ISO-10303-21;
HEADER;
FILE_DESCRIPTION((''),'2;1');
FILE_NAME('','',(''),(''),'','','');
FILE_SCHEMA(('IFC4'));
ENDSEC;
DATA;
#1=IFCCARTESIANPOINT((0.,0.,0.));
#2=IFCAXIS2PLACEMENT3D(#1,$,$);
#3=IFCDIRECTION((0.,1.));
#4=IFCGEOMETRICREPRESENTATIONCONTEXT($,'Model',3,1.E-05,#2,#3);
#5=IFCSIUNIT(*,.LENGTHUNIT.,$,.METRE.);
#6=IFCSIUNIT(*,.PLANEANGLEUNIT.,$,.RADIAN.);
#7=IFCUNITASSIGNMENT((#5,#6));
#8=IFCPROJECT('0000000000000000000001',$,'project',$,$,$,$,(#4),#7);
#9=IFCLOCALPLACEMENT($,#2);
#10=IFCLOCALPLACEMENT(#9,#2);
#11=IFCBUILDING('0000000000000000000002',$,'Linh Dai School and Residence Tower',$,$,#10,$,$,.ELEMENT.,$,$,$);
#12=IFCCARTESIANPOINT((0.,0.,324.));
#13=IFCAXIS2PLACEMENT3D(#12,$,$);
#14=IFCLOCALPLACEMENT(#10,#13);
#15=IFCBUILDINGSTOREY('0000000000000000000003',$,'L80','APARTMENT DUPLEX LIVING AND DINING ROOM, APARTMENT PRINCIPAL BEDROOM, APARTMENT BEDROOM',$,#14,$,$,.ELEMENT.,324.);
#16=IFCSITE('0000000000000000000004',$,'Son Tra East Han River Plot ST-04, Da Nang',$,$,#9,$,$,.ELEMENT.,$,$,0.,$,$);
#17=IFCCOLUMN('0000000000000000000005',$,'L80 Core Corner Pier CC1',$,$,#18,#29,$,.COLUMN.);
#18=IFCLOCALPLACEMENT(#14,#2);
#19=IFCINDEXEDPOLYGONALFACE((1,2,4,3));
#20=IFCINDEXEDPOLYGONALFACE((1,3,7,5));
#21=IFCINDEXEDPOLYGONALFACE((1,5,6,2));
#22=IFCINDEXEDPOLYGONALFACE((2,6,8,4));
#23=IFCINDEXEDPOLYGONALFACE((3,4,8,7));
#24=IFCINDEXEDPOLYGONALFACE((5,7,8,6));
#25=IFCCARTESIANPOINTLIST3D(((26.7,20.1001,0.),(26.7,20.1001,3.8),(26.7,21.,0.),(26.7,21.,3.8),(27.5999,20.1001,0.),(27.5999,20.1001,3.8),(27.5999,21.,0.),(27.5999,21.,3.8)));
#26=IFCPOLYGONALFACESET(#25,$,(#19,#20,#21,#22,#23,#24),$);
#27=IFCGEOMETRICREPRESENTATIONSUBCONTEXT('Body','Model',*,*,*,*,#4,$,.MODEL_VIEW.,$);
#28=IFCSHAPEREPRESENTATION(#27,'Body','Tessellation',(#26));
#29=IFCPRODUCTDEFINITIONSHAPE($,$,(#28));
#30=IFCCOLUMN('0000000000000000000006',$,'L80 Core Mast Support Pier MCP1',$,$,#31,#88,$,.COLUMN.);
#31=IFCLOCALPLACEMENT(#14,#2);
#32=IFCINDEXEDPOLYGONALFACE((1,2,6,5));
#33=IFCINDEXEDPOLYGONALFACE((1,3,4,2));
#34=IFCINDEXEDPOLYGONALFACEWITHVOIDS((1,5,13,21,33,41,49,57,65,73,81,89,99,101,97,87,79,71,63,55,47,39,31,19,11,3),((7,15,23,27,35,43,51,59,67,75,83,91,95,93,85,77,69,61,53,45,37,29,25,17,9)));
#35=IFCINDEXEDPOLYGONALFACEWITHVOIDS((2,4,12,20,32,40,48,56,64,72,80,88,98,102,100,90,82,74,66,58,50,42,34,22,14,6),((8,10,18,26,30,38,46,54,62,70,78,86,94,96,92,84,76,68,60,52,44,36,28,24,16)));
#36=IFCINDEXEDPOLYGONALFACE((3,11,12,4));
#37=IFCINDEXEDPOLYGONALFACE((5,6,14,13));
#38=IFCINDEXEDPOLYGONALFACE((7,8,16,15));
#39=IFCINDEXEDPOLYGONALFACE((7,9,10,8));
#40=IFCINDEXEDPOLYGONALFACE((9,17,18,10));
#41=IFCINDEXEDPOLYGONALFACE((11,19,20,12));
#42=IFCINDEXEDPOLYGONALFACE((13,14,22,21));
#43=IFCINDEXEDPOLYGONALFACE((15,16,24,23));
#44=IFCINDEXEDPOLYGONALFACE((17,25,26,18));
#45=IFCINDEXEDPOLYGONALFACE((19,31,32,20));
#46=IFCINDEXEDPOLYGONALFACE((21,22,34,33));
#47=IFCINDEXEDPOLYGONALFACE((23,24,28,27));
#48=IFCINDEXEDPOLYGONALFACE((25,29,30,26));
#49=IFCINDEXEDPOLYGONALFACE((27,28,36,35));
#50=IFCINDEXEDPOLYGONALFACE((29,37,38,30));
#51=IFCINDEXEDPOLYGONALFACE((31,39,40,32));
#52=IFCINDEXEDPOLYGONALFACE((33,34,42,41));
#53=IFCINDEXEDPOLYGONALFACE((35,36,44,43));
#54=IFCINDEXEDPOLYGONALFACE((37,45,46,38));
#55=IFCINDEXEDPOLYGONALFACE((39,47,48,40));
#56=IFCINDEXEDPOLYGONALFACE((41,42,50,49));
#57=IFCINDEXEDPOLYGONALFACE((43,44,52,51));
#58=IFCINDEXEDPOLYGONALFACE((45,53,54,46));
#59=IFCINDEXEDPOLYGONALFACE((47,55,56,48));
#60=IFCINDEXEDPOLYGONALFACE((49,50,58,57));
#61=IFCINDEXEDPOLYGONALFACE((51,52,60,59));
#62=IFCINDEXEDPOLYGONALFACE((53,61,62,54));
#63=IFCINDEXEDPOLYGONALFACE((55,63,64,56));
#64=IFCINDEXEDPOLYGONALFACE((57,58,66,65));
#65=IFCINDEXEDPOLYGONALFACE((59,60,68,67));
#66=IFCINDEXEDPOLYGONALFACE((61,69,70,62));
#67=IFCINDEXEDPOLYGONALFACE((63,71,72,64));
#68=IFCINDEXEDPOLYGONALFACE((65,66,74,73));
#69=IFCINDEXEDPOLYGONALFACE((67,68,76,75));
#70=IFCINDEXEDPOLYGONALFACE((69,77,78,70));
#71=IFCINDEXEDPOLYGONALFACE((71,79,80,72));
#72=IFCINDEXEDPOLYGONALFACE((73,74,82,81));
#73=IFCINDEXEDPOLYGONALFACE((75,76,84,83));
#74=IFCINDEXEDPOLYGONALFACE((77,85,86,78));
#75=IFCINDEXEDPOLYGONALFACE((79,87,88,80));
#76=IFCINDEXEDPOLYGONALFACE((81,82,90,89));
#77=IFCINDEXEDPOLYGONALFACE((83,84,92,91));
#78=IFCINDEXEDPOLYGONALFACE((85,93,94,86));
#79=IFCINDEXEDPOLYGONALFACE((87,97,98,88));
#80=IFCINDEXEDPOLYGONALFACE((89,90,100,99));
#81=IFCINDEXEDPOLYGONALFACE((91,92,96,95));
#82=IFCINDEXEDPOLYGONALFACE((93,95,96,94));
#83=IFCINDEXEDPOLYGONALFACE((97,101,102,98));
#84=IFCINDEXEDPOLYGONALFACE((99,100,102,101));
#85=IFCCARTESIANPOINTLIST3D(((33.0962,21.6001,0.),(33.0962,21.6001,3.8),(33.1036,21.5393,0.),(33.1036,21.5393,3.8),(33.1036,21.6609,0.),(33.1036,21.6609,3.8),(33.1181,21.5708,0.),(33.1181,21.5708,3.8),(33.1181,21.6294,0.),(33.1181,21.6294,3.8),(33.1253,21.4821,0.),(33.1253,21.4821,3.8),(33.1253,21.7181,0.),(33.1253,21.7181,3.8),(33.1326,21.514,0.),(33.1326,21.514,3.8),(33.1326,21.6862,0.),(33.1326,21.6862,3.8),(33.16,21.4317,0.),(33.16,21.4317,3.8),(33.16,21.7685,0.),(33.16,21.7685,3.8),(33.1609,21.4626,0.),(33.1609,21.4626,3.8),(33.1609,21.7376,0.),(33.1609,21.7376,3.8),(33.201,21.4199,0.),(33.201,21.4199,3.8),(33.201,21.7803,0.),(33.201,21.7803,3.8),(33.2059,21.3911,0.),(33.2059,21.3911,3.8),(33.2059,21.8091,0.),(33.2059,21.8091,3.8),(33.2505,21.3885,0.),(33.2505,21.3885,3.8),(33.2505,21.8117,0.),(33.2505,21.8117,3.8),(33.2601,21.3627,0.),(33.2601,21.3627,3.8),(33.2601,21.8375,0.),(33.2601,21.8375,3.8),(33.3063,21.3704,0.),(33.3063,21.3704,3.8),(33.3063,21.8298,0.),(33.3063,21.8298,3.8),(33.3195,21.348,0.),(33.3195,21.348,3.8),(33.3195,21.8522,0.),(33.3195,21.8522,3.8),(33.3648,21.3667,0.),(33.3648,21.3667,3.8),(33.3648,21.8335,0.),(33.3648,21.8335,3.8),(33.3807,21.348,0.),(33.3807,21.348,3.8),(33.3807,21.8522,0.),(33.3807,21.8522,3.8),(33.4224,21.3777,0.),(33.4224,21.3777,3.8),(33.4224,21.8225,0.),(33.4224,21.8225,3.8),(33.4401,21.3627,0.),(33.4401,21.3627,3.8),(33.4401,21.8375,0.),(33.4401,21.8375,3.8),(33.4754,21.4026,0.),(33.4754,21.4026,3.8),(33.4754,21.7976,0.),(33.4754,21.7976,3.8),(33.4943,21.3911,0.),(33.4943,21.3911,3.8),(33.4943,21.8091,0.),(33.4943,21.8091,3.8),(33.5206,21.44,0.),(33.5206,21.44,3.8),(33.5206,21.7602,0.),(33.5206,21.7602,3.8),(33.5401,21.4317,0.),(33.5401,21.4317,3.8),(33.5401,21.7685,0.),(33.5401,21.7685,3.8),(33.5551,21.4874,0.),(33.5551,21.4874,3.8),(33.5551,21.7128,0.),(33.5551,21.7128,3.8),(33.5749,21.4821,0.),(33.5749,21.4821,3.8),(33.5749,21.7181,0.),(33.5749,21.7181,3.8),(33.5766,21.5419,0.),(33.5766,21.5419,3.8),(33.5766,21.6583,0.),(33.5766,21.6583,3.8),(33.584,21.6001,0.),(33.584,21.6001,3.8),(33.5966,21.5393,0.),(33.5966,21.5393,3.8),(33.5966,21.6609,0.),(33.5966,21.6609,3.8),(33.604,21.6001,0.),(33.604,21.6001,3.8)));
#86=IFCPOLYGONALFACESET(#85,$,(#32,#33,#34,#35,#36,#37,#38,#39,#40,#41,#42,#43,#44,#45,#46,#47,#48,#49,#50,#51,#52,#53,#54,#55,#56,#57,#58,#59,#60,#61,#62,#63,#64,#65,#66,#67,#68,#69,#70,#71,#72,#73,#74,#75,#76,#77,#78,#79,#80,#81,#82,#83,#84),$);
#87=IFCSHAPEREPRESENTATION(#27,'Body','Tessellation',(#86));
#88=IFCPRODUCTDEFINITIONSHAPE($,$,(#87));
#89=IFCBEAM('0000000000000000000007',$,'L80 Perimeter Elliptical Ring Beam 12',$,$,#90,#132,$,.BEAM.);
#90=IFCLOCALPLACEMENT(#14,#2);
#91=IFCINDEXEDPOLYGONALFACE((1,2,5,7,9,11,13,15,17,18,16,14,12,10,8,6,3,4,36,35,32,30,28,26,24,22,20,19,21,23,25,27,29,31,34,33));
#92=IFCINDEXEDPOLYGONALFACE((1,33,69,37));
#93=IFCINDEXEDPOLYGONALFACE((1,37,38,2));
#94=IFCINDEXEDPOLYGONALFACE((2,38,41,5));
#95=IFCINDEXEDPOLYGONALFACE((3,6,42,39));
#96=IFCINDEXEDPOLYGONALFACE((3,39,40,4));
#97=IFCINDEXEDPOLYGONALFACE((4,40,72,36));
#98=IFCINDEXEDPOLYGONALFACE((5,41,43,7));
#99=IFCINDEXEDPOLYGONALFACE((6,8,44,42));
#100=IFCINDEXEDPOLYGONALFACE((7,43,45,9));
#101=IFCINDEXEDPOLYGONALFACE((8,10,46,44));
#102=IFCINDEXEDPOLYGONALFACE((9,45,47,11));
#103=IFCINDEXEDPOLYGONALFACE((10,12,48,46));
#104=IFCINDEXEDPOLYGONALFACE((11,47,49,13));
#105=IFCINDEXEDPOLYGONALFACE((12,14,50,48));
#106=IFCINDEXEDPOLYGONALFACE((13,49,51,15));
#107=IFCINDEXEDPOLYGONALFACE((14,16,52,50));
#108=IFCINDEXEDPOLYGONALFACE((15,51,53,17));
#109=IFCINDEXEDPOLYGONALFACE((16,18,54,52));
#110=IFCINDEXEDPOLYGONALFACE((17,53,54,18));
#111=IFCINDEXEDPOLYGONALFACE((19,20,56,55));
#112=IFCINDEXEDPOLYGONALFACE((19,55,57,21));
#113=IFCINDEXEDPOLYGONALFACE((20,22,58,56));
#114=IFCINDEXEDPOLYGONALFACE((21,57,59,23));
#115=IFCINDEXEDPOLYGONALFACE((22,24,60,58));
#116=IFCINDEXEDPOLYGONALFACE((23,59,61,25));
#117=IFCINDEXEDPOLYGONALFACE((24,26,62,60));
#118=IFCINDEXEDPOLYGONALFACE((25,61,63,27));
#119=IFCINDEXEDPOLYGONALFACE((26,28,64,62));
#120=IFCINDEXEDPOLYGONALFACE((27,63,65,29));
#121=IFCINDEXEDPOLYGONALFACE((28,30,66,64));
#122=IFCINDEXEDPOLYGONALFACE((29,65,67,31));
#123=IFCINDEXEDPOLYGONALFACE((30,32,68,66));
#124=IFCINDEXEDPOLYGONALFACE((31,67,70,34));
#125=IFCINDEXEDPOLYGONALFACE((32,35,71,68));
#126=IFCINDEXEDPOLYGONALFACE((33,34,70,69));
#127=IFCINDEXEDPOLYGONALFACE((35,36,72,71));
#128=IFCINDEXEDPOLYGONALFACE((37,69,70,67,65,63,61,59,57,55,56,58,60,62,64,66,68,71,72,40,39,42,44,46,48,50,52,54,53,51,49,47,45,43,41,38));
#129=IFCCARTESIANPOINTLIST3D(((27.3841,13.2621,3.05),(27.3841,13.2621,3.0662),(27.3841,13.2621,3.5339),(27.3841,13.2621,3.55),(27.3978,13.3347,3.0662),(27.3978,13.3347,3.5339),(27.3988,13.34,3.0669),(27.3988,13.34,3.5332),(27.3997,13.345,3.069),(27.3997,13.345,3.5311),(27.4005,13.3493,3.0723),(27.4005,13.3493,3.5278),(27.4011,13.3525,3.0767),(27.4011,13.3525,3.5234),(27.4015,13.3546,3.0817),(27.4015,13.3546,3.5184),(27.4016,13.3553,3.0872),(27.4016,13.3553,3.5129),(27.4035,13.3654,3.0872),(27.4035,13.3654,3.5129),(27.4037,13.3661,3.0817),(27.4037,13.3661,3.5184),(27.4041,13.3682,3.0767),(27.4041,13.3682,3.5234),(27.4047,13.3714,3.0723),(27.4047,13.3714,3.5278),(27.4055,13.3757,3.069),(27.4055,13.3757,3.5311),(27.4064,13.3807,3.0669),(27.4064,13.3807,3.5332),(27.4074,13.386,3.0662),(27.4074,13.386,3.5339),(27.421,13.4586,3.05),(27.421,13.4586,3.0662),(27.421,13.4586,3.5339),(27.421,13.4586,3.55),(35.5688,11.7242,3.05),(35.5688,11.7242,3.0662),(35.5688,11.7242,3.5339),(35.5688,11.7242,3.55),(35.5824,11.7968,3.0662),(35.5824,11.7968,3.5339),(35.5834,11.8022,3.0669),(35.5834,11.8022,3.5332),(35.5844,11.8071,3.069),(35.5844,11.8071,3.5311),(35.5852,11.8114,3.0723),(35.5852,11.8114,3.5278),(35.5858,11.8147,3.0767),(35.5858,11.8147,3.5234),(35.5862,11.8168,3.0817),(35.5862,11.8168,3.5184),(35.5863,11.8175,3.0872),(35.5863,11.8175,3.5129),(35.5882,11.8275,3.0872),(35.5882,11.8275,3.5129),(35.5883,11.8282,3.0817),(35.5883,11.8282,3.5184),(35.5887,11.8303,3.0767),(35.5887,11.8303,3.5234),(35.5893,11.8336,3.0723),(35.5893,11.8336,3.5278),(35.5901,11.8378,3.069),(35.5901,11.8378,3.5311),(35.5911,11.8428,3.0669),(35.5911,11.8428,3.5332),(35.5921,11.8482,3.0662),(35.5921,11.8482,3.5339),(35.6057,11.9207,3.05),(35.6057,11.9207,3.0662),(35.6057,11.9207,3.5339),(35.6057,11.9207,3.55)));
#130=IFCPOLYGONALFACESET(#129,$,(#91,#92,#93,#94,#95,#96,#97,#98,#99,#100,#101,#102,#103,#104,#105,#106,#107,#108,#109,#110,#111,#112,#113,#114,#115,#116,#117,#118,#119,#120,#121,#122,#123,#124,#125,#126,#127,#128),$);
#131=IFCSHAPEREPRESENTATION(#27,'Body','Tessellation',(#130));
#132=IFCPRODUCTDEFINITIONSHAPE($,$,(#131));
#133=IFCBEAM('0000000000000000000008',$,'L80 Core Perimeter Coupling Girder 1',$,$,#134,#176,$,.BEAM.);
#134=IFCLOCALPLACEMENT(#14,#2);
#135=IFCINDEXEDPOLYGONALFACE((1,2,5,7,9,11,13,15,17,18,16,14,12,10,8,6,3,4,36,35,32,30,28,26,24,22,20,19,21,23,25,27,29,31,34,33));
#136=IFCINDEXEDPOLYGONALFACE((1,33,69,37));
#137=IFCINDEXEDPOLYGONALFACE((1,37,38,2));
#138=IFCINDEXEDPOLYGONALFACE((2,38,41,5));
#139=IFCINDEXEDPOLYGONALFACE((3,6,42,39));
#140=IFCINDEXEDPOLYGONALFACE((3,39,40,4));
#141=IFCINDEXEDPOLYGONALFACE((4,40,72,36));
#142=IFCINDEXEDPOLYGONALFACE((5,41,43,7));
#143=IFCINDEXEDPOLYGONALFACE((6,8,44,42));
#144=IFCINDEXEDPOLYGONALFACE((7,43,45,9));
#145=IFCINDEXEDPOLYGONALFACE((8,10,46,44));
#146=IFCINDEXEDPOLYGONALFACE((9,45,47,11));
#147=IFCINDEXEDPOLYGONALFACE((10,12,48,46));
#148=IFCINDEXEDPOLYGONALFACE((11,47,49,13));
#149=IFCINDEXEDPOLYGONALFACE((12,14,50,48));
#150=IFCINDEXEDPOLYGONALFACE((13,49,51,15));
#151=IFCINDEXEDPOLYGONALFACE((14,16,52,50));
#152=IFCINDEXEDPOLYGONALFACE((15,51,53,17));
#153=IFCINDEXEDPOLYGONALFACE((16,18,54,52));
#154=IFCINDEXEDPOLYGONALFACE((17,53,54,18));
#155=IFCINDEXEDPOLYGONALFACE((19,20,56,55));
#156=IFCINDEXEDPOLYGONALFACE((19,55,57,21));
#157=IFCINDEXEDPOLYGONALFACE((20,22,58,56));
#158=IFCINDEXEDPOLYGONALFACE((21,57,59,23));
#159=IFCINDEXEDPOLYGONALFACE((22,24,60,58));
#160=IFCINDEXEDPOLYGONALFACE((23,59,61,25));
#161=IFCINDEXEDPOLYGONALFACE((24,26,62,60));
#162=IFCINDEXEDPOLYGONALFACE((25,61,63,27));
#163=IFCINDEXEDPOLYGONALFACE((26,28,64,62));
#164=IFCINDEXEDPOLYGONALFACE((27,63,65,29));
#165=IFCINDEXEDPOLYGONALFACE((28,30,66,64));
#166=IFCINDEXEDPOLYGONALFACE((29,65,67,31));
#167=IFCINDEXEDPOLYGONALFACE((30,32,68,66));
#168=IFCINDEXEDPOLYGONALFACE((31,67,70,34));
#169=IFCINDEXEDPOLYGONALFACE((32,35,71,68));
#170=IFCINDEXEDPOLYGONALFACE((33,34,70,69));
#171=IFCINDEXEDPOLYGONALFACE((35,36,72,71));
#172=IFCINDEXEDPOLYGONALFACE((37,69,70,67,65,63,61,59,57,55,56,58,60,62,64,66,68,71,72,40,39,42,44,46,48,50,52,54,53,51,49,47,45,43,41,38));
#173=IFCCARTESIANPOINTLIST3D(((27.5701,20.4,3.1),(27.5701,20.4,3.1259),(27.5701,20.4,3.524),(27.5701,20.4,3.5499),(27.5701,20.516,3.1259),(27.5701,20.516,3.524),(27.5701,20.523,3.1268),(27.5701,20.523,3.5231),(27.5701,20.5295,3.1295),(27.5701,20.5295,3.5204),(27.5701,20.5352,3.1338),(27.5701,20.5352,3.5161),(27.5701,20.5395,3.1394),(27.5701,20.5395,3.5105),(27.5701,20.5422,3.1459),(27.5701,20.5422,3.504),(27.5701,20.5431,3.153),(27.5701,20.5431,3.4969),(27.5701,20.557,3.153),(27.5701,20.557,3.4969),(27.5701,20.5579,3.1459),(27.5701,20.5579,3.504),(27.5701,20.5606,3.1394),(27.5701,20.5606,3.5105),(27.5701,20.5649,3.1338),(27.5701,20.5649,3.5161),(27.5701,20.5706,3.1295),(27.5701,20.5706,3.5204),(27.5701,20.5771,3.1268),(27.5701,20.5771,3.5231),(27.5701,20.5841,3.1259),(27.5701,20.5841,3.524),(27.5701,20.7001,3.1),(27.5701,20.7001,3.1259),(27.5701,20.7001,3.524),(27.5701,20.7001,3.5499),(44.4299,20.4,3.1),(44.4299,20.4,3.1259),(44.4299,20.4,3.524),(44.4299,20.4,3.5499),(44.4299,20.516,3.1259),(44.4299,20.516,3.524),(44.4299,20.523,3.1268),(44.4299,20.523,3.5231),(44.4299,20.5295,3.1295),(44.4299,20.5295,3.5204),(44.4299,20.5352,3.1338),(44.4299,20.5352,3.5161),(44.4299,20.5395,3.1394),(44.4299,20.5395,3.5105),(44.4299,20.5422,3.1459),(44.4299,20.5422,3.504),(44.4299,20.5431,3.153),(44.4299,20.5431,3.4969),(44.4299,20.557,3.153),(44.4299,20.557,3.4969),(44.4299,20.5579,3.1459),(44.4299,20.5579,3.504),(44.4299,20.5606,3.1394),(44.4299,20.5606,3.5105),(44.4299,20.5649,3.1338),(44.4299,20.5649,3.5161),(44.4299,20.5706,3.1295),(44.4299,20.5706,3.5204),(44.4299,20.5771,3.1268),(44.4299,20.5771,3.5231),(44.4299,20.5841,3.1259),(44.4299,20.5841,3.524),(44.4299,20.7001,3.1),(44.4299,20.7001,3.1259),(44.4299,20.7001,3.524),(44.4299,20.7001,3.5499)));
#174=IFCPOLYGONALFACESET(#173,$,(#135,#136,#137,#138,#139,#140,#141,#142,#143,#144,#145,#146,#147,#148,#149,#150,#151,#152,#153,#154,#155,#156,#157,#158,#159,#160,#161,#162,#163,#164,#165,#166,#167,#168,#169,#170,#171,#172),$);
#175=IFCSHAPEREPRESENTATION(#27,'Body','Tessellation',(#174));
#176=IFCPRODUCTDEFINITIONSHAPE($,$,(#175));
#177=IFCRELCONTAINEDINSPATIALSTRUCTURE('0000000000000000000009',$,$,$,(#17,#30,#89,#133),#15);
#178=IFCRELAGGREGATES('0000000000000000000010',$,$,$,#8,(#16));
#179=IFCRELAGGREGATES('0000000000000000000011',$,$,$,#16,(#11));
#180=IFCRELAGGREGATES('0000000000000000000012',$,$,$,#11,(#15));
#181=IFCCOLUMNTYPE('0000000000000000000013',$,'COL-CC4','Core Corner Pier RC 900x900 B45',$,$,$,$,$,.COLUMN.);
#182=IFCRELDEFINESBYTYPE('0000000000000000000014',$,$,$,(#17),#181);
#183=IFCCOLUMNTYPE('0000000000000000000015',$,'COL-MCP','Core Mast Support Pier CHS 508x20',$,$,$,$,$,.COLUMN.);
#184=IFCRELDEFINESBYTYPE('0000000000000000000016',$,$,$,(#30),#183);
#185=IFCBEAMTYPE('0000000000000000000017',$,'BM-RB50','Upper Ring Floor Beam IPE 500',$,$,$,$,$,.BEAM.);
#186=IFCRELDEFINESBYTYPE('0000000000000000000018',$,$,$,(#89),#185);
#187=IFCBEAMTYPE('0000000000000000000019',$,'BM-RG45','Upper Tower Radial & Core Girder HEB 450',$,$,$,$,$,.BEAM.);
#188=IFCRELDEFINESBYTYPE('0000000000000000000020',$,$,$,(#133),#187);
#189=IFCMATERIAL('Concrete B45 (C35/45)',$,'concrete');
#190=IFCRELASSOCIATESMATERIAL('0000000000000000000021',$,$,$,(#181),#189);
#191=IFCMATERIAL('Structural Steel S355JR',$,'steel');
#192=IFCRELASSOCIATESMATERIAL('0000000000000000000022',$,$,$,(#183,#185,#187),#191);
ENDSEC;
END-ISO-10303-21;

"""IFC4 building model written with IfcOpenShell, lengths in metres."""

from ifc_helpers import new_model, si_unit, direction, frame, origin, origin_2d, place, context, subcontext, project, spatial, rectangle, hollow_circle, i_section, extrude, material, material_profile, profile_set, type_object, element, save


model = new_model("IFC4")

# Units and contexts
model_context = context("Model", 3, precision=1e-05, world=origin(), true_north=direction((0.0, 1.0)))
body_context = subcontext(model_context, "Body", "Model", "MODEL_VIEW")
ifc_project = project(units=[si_unit("LENGTHUNIT", "METRE"), si_unit("PLANEANGLEUNIT", "RADIAN")], contexts=[model_context])

# Site, building, storey
site_placement = place(None, origin())
site = spatial("IfcSite", under=ifc_project, at=site_placement, Name="Son Tra East Han River Plot ST-04, Da Nang", CompositionType="ELEMENT", RefElevation=0.0)
building_placement = place(site_placement, origin())
building = spatial("IfcBuilding", under=site, at=building_placement, Name="Linh Dai School and Residence Tower", CompositionType="ELEMENT")
storey_placement = place(building_placement, frame((0.0, 0.0, 324.0)))
storey = spatial("IfcBuildingStorey", under=building, at=storey_placement, Name="L80", Description="APARTMENT DUPLEX LIVING AND DINING ROOM, APARTMENT PRINCIPAL BEDROOM, APARTMENT BEDROOM", CompositionType="ELEMENT", Elevation=324.0)

# Columns
ifc_material_1 = material(Name="Concrete B45 (C35/45)", Category="concrete")
ifc_material_profile_1 = material_profile(ifc_material_1, rectangle(XDim=0.8999, YDim=0.8999, at=origin_2d()), Name="RC 900x900")
ifc_profile_set_1 = profile_set([ifc_material_profile_1], Name="Concrete B45 (C35/45)")
column_type_1 = type_object("IfcColumnType", Name="COL-CC4", Description="Core Corner Pier RC 900x900 B45", PredefinedType="COLUMN", material=ifc_profile_set_1)
column_1_placement = place(storey_placement, frame((27.1499, 20.55, 0.0), z_axis=(0.0, 0.0, 1.0), x_axis=(1.0, 0.0, 0.0)))
element("IfcColumn", 1, at=column_1_placement, inside=storey, type_object=column_type_1, Name="L80 Core Corner Pier CC1", PredefinedType="COLUMN", context=body_context, shape_type="SweptSolid", body=[
    extrude(rectangle(XDim=0.8999, YDim=0.8999, at=origin_2d()), origin(), (0.0, 0.0, 1.0), 3.8),
])
ifc_material_2 = material(Name="Structural Steel S355JR", Category="steel")
ifc_material_profile_2 = material_profile(ifc_material_2, hollow_circle(Radius=0.2539, WallThickness=0.02, at=origin_2d()), Name="CHS 508x20")
ifc_profile_set_2 = profile_set([ifc_material_profile_2], Name="Structural Steel S355JR")
column_type_2 = type_object("IfcColumnType", Name="COL-MCP", Description="Core Mast Support Pier CHS 508x20", PredefinedType="COLUMN", material=ifc_profile_set_2)
column_2_placement = place(storey_placement, frame((33.3501, 21.6001, 0.0), z_axis=(0.0, 0.0, 1.0), x_axis=(1.0, 0.0, 0.0)))
element("IfcColumn", 2, at=column_2_placement, inside=storey, type_object=column_type_2, Name="L80 Core Mast Support Pier MCP1", PredefinedType="COLUMN", context=body_context, shape_type="SweptSolid", body=[
    extrude(hollow_circle(Radius=0.2539, WallThickness=0.02, at=origin_2d()), origin(), (0.0, 0.0, 1.0), 3.8),
])

# Beams
ifc_material_profile_3 = material_profile(ifc_material_2, i_section(OverallWidth=0.2, OverallDepth=0.5, WebThickness=0.0103, FlangeThickness=0.0161, FilletRadius=0.021, at=origin_2d()), Name="IPE 500")
ifc_profile_set_3 = profile_set([ifc_material_profile_3], Name="Structural Steel S355JR")
beam_type_1 = type_object("IfcBeamType", Name="BM-RB50", Description="Upper Ring Floor Beam IPE 500", PredefinedType="BEAM", material=ifc_profile_set_3)
beam_1_placement = place(storey_placement, frame((27.4026, 13.3604, 3.3), z_axis=(0.982802, -0.184664, 0.0), x_axis=(0.184664, 0.982802, 0.0)))
element("IfcBeam", 3, at=beam_1_placement, inside=storey, type_object=beam_type_1, Name="L80 Perimeter Elliptical Ring Beam 12", PredefinedType="BEAM", context=body_context, shape_type="SweptSolid", body=[
    extrude(i_section(OverallWidth=0.2, OverallDepth=0.5, WebThickness=0.0103, FlangeThickness=0.0161, FilletRadius=0.021, at=origin_2d()), origin(), (0.0, 0.0, 1.0), 8.3279),
])
ifc_material_profile_4 = material_profile(ifc_material_2, i_section(OverallWidth=0.3, OverallDepth=0.45, WebThickness=0.0139, FlangeThickness=0.0259, FilletRadius=0.0271, at=origin_2d()), Name="HEB 450")
ifc_profile_set_4 = profile_set([ifc_material_profile_4], Name="Structural Steel S355JR")
beam_type_2 = type_object("IfcBeamType", Name="BM-RG45", Description="Upper Tower Radial & Core Girder HEB 450", PredefinedType="BEAM", material=ifc_profile_set_4)
beam_2_placement = place(storey_placement, frame((27.5701, 20.55, 3.325), z_axis=(1.0, 0.0, 0.0), x_axis=(0.0, 1.0, 0.0)))
element("IfcBeam", 4, at=beam_2_placement, inside=storey, type_object=beam_type_2, Name="L80 Core Perimeter Coupling Girder 1", PredefinedType="BEAM", context=body_context, shape_type="SweptSolid", body=[
    extrude(i_section(OverallWidth=0.3, OverallDepth=0.45, WebThickness=0.0139, FlangeThickness=0.0259, FilletRadius=0.0271, at=origin_2d()), origin(), (0.0, 0.0, 1.0), 16.8599),
])

save(model, "model.ifc")
